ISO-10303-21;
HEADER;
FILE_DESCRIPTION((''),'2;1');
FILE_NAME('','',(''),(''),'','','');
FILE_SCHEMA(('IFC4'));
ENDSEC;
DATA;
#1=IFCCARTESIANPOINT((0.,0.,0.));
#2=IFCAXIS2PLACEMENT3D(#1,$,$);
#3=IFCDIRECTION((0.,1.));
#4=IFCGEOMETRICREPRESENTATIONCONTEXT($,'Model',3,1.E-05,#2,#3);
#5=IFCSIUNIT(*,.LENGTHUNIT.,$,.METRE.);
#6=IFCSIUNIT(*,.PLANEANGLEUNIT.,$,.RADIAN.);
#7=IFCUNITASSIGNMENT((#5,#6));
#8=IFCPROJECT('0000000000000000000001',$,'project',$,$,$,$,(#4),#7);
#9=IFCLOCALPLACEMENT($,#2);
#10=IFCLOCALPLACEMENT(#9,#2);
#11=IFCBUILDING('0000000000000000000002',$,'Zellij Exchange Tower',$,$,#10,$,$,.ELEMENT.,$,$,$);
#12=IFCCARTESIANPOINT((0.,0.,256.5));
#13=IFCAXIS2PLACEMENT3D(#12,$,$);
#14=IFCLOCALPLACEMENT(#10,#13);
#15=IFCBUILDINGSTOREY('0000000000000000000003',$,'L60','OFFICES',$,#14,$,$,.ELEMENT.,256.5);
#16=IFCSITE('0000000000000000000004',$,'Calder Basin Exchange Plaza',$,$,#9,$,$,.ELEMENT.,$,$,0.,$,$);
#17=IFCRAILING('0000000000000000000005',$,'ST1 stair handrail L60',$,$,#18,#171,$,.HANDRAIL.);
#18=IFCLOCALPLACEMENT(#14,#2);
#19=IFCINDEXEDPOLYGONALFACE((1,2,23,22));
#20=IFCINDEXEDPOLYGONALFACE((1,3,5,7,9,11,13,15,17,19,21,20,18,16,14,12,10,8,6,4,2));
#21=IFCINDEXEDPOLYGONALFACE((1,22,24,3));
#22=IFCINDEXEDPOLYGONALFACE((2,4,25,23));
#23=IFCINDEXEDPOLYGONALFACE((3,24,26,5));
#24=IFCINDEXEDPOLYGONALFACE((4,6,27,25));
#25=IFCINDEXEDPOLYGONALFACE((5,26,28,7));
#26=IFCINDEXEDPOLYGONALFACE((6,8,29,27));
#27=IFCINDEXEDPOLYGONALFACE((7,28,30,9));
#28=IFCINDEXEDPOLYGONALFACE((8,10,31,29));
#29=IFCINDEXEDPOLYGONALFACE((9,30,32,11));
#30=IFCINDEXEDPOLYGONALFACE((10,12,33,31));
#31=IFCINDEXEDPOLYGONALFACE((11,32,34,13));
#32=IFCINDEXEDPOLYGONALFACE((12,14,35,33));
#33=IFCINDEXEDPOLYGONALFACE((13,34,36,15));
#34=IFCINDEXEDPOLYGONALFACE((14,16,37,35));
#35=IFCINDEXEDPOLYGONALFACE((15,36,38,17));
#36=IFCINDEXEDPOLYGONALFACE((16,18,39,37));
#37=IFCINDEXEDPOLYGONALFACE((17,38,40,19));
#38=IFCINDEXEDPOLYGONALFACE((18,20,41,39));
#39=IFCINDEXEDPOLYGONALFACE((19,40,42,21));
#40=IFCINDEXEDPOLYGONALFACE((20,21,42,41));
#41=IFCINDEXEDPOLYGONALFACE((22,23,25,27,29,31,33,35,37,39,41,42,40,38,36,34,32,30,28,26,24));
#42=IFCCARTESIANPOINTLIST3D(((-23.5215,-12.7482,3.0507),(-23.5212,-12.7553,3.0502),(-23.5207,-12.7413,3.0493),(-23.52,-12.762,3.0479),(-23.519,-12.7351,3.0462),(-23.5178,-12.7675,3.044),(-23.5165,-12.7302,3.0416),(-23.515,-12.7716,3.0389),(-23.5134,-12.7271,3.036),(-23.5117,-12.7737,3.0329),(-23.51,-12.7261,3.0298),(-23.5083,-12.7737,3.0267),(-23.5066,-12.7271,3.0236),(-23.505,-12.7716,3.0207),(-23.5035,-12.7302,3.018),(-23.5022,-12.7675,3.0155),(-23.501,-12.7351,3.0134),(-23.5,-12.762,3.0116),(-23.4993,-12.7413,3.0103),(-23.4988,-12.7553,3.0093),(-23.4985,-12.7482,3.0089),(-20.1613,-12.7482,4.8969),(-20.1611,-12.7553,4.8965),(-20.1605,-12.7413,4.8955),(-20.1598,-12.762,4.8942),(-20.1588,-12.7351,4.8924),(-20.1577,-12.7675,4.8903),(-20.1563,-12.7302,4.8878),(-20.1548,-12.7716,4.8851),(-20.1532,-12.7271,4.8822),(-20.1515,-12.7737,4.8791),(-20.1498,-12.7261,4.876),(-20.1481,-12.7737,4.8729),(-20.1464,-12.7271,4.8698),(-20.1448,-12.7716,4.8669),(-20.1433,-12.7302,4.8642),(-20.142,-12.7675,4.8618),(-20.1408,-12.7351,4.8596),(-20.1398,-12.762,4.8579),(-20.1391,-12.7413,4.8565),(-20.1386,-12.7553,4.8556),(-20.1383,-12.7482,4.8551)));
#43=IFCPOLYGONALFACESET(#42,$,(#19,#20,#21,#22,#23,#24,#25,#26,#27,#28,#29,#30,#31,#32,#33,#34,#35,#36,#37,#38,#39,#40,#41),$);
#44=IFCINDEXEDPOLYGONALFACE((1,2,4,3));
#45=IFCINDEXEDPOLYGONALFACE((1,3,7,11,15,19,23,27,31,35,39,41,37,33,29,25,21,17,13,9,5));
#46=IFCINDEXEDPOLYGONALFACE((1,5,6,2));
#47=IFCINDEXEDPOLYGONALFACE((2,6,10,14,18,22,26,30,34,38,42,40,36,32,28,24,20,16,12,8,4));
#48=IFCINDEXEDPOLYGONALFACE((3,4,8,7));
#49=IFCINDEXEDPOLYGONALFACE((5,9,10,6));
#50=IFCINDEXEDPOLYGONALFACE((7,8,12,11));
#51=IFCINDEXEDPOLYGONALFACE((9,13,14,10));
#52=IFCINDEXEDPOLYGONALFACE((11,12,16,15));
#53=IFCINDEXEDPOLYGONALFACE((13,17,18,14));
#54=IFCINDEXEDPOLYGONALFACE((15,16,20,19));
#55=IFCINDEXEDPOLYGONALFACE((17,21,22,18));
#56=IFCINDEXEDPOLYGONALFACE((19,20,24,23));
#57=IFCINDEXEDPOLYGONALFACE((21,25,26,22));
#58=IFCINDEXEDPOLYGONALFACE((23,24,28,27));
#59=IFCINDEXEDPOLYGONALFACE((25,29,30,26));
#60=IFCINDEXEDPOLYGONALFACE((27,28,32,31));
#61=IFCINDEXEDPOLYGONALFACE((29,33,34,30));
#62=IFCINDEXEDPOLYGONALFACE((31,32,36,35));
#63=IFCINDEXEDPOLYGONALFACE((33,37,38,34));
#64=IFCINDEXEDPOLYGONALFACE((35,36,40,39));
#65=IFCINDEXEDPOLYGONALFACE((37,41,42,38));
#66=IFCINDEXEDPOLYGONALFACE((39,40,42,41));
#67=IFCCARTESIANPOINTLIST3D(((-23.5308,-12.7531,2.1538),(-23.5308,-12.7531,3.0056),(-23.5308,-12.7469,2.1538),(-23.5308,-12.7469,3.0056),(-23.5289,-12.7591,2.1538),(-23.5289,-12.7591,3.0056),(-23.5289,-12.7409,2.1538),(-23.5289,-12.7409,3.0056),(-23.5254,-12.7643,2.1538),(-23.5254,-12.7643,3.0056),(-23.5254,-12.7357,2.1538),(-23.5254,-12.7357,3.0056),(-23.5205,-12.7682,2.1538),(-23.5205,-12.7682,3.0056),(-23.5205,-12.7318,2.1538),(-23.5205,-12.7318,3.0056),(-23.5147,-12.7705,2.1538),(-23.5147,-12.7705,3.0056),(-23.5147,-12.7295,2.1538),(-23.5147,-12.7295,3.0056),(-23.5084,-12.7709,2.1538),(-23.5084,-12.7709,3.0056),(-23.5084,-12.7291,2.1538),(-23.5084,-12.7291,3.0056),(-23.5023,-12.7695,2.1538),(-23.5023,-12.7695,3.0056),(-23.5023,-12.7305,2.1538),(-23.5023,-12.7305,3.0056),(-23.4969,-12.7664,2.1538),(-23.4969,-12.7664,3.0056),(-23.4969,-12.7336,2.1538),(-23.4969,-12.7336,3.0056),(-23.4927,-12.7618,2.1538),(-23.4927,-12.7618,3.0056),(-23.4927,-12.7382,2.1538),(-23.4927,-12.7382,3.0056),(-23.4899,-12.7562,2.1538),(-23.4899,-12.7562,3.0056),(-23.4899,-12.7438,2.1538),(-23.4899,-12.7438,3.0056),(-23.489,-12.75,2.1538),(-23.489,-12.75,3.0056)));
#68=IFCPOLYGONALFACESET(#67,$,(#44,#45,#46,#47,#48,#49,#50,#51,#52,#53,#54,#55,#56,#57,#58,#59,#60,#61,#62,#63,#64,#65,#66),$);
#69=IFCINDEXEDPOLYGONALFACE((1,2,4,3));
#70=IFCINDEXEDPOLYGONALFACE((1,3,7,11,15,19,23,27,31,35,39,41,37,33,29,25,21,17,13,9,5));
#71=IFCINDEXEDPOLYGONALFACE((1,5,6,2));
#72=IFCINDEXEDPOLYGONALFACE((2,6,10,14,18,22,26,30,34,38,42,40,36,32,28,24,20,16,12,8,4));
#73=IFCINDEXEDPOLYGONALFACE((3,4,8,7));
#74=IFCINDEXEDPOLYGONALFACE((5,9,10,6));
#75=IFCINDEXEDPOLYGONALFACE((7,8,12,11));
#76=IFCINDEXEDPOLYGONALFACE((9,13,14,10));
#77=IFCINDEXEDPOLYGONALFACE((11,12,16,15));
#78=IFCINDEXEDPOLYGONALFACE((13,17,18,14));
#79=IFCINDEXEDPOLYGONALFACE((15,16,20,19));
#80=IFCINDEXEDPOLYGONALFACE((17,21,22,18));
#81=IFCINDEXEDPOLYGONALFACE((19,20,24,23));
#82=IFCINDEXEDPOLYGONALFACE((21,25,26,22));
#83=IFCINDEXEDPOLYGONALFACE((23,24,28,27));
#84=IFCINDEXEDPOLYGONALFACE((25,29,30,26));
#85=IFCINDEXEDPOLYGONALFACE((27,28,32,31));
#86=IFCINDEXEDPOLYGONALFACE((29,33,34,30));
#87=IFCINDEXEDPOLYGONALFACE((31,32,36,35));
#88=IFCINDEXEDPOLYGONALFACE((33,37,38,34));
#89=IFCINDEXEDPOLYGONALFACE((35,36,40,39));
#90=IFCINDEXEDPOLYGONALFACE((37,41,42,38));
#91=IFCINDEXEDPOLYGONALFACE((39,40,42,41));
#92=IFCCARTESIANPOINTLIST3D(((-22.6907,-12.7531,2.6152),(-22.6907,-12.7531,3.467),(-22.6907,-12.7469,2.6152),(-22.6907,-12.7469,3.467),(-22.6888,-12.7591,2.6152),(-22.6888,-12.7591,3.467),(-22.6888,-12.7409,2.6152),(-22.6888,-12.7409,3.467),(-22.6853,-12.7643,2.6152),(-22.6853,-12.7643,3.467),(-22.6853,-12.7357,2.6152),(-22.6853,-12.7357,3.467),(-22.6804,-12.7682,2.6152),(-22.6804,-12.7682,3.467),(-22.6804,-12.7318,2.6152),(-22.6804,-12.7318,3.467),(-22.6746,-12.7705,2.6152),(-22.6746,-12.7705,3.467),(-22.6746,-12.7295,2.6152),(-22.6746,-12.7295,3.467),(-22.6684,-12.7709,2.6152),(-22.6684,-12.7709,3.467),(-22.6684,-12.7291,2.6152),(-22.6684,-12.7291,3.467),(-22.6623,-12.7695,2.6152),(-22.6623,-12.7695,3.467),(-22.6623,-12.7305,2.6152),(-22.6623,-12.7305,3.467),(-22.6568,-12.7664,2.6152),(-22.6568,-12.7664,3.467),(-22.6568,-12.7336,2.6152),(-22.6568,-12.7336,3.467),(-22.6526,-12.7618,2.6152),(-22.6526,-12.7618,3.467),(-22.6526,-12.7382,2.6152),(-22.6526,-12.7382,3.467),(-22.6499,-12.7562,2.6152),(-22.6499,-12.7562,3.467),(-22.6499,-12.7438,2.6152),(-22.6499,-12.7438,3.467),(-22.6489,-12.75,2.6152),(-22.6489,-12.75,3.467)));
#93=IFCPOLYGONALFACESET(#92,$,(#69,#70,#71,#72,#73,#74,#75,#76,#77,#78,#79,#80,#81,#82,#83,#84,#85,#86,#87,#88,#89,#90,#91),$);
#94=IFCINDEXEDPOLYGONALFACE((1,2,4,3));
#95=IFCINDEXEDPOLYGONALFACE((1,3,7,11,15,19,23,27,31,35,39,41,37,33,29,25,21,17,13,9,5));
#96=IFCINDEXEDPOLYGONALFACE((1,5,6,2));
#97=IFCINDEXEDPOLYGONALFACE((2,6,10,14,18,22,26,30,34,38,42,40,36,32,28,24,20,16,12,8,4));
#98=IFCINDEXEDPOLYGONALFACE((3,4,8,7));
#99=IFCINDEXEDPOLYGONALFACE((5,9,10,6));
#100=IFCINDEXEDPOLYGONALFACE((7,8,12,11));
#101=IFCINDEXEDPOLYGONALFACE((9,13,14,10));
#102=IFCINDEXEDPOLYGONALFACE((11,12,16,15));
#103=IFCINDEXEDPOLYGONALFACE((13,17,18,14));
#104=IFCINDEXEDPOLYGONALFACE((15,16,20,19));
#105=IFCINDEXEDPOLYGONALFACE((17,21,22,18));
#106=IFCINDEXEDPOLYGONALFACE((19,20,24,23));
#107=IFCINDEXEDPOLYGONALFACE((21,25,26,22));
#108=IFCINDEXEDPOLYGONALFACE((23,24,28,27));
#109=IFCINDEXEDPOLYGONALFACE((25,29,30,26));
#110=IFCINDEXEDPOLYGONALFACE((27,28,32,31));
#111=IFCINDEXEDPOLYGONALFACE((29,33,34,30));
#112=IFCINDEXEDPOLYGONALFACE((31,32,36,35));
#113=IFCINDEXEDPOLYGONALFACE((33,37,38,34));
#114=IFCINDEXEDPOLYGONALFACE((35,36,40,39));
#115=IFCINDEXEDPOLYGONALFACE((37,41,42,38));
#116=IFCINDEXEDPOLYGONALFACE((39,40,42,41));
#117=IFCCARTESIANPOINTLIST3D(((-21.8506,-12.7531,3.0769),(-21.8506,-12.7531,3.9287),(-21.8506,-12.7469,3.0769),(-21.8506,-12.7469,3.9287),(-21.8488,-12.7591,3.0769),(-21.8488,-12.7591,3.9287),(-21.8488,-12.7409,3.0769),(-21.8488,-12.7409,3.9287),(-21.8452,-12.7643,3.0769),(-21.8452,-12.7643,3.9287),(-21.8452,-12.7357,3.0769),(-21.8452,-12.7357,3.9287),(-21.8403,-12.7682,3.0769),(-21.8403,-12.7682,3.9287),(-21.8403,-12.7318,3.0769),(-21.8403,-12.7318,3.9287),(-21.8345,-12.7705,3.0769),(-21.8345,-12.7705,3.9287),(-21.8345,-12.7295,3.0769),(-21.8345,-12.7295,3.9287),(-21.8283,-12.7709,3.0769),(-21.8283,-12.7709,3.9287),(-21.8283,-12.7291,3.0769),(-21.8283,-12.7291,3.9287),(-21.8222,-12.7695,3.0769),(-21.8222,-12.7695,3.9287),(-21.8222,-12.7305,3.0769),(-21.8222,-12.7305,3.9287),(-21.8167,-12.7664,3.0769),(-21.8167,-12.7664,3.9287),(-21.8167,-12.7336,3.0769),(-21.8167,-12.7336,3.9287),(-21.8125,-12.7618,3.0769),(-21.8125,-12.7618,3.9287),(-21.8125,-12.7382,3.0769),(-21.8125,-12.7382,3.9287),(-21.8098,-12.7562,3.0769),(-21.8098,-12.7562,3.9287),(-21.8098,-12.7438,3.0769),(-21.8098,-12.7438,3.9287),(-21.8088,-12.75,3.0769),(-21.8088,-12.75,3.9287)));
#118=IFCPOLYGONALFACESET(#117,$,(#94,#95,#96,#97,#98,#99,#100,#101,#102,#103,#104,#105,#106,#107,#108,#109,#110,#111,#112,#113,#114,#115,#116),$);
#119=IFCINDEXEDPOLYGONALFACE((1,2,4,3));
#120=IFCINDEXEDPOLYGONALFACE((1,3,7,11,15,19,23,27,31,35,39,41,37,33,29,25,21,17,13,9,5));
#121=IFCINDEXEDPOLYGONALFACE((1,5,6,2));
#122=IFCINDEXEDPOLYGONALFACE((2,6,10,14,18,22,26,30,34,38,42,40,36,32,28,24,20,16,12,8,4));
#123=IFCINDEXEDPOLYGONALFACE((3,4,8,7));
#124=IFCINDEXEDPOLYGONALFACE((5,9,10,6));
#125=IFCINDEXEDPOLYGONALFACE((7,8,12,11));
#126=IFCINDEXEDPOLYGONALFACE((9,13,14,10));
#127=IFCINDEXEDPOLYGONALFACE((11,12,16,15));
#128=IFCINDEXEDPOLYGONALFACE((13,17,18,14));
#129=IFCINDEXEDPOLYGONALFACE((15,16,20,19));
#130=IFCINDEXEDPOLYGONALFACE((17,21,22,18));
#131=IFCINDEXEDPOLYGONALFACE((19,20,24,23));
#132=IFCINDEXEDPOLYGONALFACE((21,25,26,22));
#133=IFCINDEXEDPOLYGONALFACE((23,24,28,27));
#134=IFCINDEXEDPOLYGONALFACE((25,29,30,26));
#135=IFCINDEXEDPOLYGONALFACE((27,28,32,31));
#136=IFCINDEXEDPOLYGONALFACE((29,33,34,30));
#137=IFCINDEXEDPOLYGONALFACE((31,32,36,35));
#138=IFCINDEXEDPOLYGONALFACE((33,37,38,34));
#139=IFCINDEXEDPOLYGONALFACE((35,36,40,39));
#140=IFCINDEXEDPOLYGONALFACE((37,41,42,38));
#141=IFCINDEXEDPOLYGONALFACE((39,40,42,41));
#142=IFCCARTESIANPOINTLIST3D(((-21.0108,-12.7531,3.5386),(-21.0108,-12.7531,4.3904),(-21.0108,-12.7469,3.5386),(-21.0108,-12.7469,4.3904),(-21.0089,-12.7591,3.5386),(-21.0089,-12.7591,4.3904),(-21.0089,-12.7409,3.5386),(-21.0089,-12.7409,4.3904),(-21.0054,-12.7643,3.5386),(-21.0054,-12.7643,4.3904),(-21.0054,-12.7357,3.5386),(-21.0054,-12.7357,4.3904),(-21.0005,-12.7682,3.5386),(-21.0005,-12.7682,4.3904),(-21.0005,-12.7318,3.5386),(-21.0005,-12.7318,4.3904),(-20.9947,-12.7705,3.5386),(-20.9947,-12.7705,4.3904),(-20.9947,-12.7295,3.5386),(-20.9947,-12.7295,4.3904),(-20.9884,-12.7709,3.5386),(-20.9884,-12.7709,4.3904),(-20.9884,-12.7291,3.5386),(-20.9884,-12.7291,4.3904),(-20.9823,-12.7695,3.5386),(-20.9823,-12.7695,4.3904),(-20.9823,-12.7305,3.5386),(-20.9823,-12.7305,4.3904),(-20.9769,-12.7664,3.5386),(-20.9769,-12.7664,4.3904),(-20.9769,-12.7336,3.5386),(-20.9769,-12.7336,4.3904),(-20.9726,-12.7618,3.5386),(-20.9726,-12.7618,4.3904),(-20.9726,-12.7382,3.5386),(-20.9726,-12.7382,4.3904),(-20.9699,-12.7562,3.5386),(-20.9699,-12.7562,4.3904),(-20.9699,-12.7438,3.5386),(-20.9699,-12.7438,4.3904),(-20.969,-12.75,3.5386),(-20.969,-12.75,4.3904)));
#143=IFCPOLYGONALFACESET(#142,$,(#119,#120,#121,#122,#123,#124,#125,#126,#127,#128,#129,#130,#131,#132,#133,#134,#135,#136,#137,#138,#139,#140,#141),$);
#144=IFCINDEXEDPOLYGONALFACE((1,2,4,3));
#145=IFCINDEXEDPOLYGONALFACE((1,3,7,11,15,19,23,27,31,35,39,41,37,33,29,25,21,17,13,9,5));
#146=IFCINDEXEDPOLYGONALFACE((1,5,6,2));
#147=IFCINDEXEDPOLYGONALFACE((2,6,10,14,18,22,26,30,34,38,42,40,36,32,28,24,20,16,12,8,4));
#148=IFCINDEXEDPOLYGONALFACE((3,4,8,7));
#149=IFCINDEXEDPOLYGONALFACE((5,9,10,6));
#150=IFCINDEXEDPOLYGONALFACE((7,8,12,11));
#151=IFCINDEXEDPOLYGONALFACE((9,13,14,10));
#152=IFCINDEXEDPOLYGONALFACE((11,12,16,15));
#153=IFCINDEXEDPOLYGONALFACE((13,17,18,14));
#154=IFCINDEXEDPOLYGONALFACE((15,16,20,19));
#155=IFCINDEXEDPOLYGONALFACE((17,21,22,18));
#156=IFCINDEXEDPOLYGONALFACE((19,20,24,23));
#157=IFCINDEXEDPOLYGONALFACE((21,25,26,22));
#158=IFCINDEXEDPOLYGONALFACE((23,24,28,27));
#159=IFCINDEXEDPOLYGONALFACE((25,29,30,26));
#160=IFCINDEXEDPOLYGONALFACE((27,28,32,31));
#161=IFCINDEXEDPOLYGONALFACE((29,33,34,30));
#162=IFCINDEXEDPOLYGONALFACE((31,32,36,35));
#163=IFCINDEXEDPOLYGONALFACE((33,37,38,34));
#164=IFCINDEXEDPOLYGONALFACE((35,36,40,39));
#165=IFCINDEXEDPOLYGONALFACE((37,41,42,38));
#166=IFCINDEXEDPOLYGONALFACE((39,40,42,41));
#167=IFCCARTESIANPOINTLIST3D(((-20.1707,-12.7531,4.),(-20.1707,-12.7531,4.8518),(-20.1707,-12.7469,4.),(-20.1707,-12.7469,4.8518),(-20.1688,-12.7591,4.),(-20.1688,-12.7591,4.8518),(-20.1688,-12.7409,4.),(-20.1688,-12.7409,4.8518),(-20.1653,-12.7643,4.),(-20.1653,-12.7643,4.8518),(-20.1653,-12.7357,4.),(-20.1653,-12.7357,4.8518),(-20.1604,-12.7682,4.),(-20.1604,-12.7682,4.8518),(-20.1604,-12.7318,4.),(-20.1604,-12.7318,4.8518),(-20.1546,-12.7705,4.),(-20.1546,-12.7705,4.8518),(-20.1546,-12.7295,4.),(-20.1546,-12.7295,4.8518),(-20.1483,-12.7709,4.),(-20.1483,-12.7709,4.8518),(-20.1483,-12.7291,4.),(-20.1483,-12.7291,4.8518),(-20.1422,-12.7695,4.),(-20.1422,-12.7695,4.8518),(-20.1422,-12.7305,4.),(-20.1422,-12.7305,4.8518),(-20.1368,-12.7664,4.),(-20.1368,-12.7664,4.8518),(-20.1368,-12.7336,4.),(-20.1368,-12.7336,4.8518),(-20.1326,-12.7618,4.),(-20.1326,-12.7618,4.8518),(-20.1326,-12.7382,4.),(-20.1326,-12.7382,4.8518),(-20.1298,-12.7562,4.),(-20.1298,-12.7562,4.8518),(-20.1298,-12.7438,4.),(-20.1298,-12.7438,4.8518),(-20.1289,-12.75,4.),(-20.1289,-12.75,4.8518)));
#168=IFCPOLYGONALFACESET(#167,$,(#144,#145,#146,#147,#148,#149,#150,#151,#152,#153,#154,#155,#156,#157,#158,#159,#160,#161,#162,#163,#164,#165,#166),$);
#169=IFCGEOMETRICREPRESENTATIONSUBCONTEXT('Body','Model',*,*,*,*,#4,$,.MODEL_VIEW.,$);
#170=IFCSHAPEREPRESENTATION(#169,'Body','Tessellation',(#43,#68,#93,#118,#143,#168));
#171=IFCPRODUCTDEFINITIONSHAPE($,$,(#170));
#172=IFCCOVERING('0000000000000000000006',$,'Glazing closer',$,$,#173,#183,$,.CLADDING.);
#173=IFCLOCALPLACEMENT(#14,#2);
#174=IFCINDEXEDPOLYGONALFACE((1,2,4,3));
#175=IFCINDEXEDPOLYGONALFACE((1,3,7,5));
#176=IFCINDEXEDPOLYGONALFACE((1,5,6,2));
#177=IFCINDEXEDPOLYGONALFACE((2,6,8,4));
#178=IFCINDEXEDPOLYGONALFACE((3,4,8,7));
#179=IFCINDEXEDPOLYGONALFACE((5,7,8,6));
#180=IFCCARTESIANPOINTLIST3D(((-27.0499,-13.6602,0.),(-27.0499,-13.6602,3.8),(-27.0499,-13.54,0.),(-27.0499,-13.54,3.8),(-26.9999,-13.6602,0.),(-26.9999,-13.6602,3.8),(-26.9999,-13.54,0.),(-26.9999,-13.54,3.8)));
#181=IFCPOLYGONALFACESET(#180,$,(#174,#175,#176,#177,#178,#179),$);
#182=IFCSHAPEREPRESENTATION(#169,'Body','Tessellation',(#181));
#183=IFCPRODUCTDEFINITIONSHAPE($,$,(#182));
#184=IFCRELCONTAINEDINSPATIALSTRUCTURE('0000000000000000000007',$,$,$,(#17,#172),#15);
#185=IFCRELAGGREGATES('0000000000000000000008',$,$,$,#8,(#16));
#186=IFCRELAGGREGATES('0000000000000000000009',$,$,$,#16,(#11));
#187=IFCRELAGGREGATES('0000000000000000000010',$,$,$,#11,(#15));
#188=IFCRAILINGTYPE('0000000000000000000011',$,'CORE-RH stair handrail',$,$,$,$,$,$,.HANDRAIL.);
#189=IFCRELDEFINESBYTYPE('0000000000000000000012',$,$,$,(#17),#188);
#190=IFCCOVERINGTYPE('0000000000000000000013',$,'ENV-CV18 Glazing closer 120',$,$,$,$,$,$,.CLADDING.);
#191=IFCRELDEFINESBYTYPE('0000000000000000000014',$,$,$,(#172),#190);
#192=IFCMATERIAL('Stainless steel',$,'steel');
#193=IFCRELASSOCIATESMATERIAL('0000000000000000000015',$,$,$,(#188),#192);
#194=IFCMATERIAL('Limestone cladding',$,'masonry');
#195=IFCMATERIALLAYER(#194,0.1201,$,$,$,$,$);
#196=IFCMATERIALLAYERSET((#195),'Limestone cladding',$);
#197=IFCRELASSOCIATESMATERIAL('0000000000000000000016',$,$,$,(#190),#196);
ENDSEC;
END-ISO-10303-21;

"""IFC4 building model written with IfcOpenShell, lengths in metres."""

from ifc_helpers import new_model, si_unit, direction, frame, origin, origin_2d, place, context, subcontext, project, spatial, rectangle, circle, extrude, material, layer, layer_set, type_object, element, save


model = new_model("IFC4")

# Units and contexts
model_context = context("Model", 3, precision=1e-05, world=origin(), true_north=direction((0.0, 1.0)))
body_context = subcontext(model_context, "Body", "Model", "MODEL_VIEW")
ifc_project = project(units=[si_unit("LENGTHUNIT", "METRE"), si_unit("PLANEANGLEUNIT", "RADIAN")], contexts=[model_context])

# Site, building, storey
site_placement = place(None, origin())
site = spatial("IfcSite", under=ifc_project, at=site_placement, Name="Calder Basin Exchange Plaza", CompositionType="ELEMENT", RefElevation=0.0)
building_placement = place(site_placement, origin())
building = spatial("IfcBuilding", under=site, at=building_placement, Name="Zellij Exchange Tower", CompositionType="ELEMENT")
storey_placement = place(building_placement, frame((0.0, 0.0, 256.5)))
storey = spatial("IfcBuildingStorey", under=building, at=storey_placement, Name="L60", Description="OFFICES", CompositionType="ELEMENT", Elevation=256.5)

# Railing
ifc_material_1 = material(Name="Stainless steel", Category="steel")
railing_type = type_object("IfcRailingType", Name="CORE-RH stair handrail", PredefinedType="HANDRAIL", material=ifc_material_1)
railing_1_placement = place(storey_placement, frame((-23.51, -12.75, 2.1538)))
element("IfcRailing", 1, at=railing_1_placement, inside=storey, type_object=railing_type, Name="ST1 stair handrail L60", PredefinedType="HANDRAIL", context=body_context, shape_type="SweptSolid", body=[
    extrude(circle(Radius=0.0239, at=origin_2d()), frame((0.0, 0.0, 0.876), z_axis=(0.876422, 0.0, 0.481545), x_axis=(0.0, 1.0, 0.0)), (0.0, 0.0, 1.0), 3.834),
    extrude(circle(Radius=0.021, at=origin_2d()), origin(), (0.0, 0.0, 1.0), 0.8518),
    extrude(circle(Radius=0.021, at=origin_2d()), frame((0.8401, 0.0, 0.4614)), (0.0, 0.0, 1.0), 0.8518),
    extrude(circle(Radius=0.021, at=origin_2d()), frame((1.6802, 0.0, 0.9231)), (0.0, 0.0, 1.0), 0.8518),
    extrude(circle(Radius=0.021, at=origin_2d()), frame((2.52, 0.0, 1.3848)), (0.0, 0.0, 1.0), 0.8518),
    extrude(circle(Radius=0.021, at=origin_2d()), frame((3.3601, 0.0, 1.8462)), (0.0, 0.0, 1.0), 0.8518),
])

# Covering
ifc_material_2 = material(Name="Limestone cladding", Category="masonry")
ifc_layer_1 = layer(ifc_material_2, 0.1201)
ifc_layer_set_1 = layer_set([ifc_layer_1], Name="Limestone cladding")
covering_type = type_object("IfcCoveringType", Name="ENV-CV18 Glazing closer 120", PredefinedType="CLADDING", material=ifc_layer_set_1)
covering_placement = place(storey_placement, frame((-27.0249, -13.6001, 0.0), z_axis=(0.0, 0.0, 1.0), x_axis=(1.0, 0.0, 0.0)))
element("IfcCovering", 2, at=covering_placement, inside=storey, type_object=covering_type, Name="Glazing closer", PredefinedType="CLADDING", context=body_context, shape_type="SweptSolid", body=[
    extrude(rectangle(XDim=0.05, YDim=0.1201, at=origin_2d()), origin(), (0.0, 0.0, 1.0), 3.8),
])

save(model, "model.ifc")
